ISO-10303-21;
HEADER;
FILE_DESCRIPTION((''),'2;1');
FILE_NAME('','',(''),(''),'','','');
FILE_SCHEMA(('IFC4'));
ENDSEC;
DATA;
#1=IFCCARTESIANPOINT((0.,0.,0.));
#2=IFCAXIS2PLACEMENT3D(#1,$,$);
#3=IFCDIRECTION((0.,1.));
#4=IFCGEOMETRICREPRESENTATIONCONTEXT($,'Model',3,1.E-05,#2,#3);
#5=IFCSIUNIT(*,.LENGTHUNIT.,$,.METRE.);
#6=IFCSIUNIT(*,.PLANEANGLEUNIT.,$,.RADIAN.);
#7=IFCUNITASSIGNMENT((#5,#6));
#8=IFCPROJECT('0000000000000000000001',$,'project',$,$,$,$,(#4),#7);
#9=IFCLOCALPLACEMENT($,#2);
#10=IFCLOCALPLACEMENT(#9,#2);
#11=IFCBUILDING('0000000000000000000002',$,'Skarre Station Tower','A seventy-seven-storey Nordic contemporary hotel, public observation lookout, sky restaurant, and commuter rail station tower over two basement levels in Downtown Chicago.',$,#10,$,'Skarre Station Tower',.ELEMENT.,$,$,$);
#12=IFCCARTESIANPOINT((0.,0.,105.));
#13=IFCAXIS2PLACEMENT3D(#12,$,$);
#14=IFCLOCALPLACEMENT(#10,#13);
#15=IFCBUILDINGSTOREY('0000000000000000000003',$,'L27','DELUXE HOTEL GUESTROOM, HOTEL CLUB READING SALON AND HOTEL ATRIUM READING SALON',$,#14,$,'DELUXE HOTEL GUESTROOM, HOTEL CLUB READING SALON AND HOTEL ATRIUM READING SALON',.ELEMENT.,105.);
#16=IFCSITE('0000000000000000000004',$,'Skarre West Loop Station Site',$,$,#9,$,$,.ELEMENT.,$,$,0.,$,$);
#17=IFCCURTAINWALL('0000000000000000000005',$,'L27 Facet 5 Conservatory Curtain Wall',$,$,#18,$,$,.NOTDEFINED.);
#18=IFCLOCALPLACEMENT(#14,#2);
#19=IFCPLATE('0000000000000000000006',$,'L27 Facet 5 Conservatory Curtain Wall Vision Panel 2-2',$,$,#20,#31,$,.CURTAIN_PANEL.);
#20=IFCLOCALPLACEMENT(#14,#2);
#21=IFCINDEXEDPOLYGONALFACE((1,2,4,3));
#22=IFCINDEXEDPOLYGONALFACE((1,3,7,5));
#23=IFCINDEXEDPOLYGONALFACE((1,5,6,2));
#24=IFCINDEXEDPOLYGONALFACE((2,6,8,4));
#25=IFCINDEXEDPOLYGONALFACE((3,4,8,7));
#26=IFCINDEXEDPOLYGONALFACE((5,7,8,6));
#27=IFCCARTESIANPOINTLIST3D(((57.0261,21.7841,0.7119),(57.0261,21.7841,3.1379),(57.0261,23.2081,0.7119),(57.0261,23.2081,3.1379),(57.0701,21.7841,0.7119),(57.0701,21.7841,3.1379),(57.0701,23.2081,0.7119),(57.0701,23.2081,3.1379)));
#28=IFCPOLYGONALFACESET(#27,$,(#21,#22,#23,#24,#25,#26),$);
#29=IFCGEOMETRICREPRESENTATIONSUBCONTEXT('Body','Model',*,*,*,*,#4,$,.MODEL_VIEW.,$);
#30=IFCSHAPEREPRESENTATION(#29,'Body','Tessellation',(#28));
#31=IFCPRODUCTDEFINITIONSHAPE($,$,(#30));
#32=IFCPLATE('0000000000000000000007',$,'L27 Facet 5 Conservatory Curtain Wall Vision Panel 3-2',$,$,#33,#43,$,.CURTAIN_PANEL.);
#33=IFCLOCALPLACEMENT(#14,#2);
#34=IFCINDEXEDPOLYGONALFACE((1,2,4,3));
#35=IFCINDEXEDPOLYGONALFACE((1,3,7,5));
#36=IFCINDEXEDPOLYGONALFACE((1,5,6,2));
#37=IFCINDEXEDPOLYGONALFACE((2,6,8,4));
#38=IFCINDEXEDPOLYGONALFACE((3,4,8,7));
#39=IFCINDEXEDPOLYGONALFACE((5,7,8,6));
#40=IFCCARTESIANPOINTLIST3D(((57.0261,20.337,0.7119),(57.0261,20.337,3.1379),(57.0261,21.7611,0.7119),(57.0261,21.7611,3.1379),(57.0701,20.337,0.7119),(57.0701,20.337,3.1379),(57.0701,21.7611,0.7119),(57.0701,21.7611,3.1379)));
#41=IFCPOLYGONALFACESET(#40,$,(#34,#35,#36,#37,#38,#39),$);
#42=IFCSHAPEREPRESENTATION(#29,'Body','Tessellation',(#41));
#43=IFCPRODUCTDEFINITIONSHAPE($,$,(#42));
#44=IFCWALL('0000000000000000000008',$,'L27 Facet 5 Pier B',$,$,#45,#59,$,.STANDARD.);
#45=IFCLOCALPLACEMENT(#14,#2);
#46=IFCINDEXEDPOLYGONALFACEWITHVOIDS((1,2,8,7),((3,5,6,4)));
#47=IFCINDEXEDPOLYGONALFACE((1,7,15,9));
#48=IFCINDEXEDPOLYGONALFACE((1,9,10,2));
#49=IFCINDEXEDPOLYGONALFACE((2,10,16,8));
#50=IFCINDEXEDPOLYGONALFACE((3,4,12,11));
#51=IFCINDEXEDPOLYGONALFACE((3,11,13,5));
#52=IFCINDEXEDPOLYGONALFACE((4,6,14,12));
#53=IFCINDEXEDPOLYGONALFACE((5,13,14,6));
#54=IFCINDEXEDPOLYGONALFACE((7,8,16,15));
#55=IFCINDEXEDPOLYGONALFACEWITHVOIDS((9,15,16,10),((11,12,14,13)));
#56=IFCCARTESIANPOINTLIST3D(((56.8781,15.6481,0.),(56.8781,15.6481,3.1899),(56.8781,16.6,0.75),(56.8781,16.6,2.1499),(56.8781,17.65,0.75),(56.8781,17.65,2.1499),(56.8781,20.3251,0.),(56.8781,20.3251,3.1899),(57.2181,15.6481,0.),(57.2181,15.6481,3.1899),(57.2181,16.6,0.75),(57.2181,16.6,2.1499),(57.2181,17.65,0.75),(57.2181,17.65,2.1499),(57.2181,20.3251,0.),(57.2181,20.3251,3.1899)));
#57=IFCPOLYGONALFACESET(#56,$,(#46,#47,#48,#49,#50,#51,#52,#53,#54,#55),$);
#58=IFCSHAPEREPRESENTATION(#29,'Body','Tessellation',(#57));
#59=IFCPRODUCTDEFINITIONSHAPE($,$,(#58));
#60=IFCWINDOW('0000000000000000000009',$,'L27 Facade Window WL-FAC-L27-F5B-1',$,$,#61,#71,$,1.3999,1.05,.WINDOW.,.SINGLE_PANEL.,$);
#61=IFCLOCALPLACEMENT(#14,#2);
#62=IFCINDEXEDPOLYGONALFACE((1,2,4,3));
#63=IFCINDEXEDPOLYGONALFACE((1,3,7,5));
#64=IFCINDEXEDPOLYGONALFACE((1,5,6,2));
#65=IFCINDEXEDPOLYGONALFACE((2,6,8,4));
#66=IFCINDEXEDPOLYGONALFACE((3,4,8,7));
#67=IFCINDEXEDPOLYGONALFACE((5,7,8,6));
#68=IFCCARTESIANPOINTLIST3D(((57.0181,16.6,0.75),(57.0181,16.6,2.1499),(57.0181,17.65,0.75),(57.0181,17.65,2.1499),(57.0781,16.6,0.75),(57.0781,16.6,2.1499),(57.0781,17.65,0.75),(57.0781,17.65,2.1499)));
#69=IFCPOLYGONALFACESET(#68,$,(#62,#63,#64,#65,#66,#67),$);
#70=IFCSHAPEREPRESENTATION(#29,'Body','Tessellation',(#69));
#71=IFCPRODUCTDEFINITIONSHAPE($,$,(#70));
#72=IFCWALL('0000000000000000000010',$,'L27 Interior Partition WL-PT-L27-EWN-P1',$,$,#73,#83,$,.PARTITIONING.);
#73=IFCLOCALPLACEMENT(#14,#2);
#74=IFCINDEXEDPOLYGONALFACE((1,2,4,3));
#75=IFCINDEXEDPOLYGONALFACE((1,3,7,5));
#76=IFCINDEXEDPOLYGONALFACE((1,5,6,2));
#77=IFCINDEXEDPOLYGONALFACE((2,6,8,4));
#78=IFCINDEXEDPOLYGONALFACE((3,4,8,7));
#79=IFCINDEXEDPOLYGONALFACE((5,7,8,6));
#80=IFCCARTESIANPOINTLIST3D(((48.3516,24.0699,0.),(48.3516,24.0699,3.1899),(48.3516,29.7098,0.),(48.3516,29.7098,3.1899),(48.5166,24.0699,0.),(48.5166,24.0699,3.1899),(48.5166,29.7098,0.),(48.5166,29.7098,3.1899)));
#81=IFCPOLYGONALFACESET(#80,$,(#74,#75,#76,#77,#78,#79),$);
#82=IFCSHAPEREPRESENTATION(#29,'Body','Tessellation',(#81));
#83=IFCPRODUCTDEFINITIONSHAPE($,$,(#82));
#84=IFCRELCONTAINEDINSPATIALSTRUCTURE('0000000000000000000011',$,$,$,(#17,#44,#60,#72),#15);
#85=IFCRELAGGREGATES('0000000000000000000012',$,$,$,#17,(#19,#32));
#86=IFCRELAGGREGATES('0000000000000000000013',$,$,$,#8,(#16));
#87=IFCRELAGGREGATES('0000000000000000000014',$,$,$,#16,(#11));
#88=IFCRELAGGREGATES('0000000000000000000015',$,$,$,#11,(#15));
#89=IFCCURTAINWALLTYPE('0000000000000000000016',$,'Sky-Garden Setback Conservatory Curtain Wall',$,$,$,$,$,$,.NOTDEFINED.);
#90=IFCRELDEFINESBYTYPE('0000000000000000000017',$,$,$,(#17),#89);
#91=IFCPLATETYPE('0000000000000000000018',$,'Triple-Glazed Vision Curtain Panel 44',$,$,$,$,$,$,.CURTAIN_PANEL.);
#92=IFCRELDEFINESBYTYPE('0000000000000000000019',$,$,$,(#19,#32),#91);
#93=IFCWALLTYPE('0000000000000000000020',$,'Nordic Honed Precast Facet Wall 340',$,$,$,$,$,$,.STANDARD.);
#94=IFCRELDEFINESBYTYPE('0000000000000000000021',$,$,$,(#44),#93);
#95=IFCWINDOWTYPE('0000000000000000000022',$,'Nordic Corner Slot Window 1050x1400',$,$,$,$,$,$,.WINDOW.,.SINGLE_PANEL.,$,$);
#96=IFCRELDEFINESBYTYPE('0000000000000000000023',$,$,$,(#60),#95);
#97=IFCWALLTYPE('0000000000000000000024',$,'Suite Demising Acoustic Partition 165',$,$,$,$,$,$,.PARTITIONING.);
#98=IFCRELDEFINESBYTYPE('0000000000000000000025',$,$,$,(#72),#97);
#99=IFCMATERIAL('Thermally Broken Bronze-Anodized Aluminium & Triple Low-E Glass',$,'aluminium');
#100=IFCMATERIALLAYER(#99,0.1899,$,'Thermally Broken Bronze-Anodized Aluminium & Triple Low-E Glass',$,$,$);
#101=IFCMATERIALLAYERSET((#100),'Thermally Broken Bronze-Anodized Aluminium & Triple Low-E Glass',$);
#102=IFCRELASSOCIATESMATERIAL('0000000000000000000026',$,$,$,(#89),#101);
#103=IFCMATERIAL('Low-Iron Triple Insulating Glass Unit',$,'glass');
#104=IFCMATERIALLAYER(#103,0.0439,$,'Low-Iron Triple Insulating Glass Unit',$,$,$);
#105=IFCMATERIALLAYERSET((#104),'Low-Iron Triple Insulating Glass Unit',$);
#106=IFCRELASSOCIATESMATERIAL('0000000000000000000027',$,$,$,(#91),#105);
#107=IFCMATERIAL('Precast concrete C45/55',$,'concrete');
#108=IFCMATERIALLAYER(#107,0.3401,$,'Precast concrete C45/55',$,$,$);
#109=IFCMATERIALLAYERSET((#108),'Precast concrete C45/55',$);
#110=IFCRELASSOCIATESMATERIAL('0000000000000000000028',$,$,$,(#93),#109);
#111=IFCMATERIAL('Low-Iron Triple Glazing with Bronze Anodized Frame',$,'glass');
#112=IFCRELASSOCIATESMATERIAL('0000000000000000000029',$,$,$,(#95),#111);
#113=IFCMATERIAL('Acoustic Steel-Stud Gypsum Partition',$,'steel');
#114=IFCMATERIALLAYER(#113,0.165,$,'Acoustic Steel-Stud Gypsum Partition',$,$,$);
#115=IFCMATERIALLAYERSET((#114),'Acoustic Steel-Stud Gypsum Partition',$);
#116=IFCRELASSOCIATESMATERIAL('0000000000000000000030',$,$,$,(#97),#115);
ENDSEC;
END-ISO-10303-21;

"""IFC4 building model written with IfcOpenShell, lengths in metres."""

from ifc_helpers import new_model, si_unit, direction, frame, frame_2d, origin, origin_2d, place, context, subcontext, project, spatial, rectangle, extrude, material, layer, layer_set, type_object, element, fill, aggregate, save


model = new_model("IFC4")

# Units and contexts
model_context = context("Model", 3, precision=1e-05, world=origin(), true_north=direction((0.0, 1.0)))
body_context = subcontext(model_context, "Body", "Model", "MODEL_VIEW")
ifc_project = project(units=[si_unit("LENGTHUNIT", "METRE"), si_unit("PLANEANGLEUNIT", "RADIAN")], contexts=[model_context])

# Site, building, storey
site_placement = place(None, origin())
site = spatial("IfcSite", under=ifc_project, at=site_placement, Name="Skarre West Loop Station Site", CompositionType="ELEMENT", RefElevation=0.0)
building_placement = place(site_placement, origin())
building = spatial("IfcBuilding", under=site, at=building_placement, Name="Skarre Station Tower", Description="A seventy-seven-storey Nordic contemporary hotel, public observation lookout, sky restaurant, and commuter rail station tower over two basement levels in Downtown Chicago.", LongName="Skarre Station Tower", CompositionType="ELEMENT")
storey_placement = place(building_placement, frame((0.0, 0.0, 105.0)))
storey = spatial("IfcBuildingStorey", under=building, at=storey_placement, Name="L27", Description="DELUXE HOTEL GUESTROOM, HOTEL CLUB READING SALON AND HOTEL ATRIUM READING SALON", LongName="DELUXE HOTEL GUESTROOM, HOTEL CLUB READING SALON AND HOTEL ATRIUM READING SALON", CompositionType="ELEMENT", Elevation=105.0)

# Curtain wall
ifc_material_1 = material(Name="Thermally Broken Bronze-Anodized Aluminium & Triple Low-E Glass", Category="aluminium")
ifc_layer_1 = layer(ifc_material_1, 0.1899, Name="Thermally Broken Bronze-Anodized Aluminium & Triple Low-E Glass")
ifc_layer_set_1 = layer_set([ifc_layer_1], Name="Thermally Broken Bronze-Anodized Aluminium & Triple Low-E Glass")
curtain_wall_type = type_object("IfcCurtainWallType", Name="Sky-Garden Setback Conservatory Curtain Wall", PredefinedType="NOTDEFINED", material=ifc_layer_set_1)
curtain_wall_placement = place(storey_placement, origin())
curtain_wall = element("IfcCurtainWall", 1, at=curtain_wall_placement, inside=storey, type_object=curtain_wall_type, Name="L27 Facet 5 Conservatory Curtain Wall", PredefinedType="NOTDEFINED")

# Plates
ifc_material_2 = material(Name="Low-Iron Triple Insulating Glass Unit", Category="glass")
ifc_layer_2 = layer(ifc_material_2, 0.0439, Name="Low-Iron Triple Insulating Glass Unit")
ifc_layer_set_2 = layer_set([ifc_layer_2], Name="Low-Iron Triple Insulating Glass Unit")
plate_type_1 = type_object("IfcPlateType", Name="Triple-Glazed Vision Curtain Panel 44", PredefinedType="CURTAIN_PANEL", material=ifc_layer_set_2)
plate_1_placement = place(storey_placement, frame((57.0481, 22.4961, 0.7119), z_axis=(0.0, 0.0, 1.0), x_axis=(0.0, -1.0, 0.0)))
plate_1 = element("IfcPlate", 2, at=plate_1_placement, type_object=plate_type_1, Name="L27 Facet 5 Conservatory Curtain Wall Vision Panel 2-2", PredefinedType="CURTAIN_PANEL", context=body_context, shape_type="SweptSolid", body=[
    extrude(rectangle(XDim=1.4241, YDim=0.0439, at=origin_2d()), origin(), (0.0, 0.0, 1.0), 2.426),
])
plate_2_placement = place(storey_placement, frame((57.0481, 21.0491, 0.7119), z_axis=(0.0, 0.0, 1.0), x_axis=(0.0, -1.0, 0.0)))
plate_2 = element("IfcPlate", 3, at=plate_2_placement, type_object=plate_type_1, Name="L27 Facet 5 Conservatory Curtain Wall Vision Panel 3-2", PredefinedType="CURTAIN_PANEL", context=body_context, shape_type="SweptSolid", body=[
    extrude(rectangle(XDim=1.4241, YDim=0.0439, at=origin_2d()), origin(), (0.0, 0.0, 1.0), 2.426),
])
aggregate(curtain_wall, [plate_1, plate_2])

# Wall, opening, window
ifc_material_3 = material(Name="Precast concrete C45/55", Category="concrete")
ifc_layer_3 = layer(ifc_material_3, 0.3401, Name="Precast concrete C45/55")
ifc_layer_set_3 = layer_set([ifc_layer_3], Name="Precast concrete C45/55")
wall_type_1 = type_object("IfcWallType", Name="Nordic Honed Precast Facet Wall 340", PredefinedType="STANDARD", material=ifc_layer_set_3)
wall_1_placement = place(storey_placement, frame((57.0481, 20.325, 0.0), z_axis=(0.0, 0.0, 1.0), x_axis=(0.0, -1.0, 0.0)))
wall_1 = element("IfcWall", 4, at=wall_1_placement, inside=storey, type_object=wall_type_1, Name="L27 Facet 5 Pier B", PredefinedType="STANDARD", context=body_context, shape_type="SweptSolid", body=[
    extrude(rectangle(XDim=4.677, YDim=0.3401, at=frame_2d((2.3384, 0.0))), origin(), (0.0, 0.0, 1.0), 3.1899),
])
opening_placement = place(wall_1_placement, frame((2.675, 0.0, 0.75)))
opening = element("IfcOpeningElement", 5, at=opening_placement, cuts=wall_1, PredefinedType="OPENING", context=body_context, shape_type="SweptSolid", body=[
    extrude(rectangle(XDim=1.05, YDim=1.3999, at=frame_2d((0.5249, 0.7))), frame((0.0, 0.1799, 0.0), z_axis=(0.0, -1.0, 0.0), x_axis=(1.0, 0.0, 0.0)), (0.0, 0.0, 1.0), 0.3601),
])
ifc_material_4 = material(Name="Low-Iron Triple Glazing with Bronze Anodized Frame", Category="glass")
window_type = type_object("IfcWindowType", Name="Nordic Corner Slot Window 1050x1400", PartitioningType="SINGLE_PANEL", PredefinedType="WINDOW", material=ifc_material_4)
window_placement = place(opening_placement, origin())
window = element("IfcWindow", 6, at=window_placement, inside=storey, type_object=window_type, Name="L27 Facade Window WL-FAC-L27-F5B-1", OverallHeight=1.3999, OverallWidth=1.05, PartitioningType="SINGLE_PANEL", PredefinedType="WINDOW", context=body_context, shape_type="SweptSolid", body=[
    extrude(rectangle(XDim=1.05, YDim=1.3999, at=frame_2d((0.5249, 0.7))), frame((0.0, 0.03, 0.0), z_axis=(0.0, -1.0, 0.0), x_axis=(1.0, 0.0, 0.0)), (0.0, 0.0, 1.0), 0.0601),
])
fill(opening, window)

# Wall
ifc_material_5 = material(Name="Acoustic Steel-Stud Gypsum Partition", Category="steel")
ifc_layer_4 = layer(ifc_material_5, 0.165, Name="Acoustic Steel-Stud Gypsum Partition")
ifc_layer_set_4 = layer_set([ifc_layer_4], Name="Acoustic Steel-Stud Gypsum Partition")
wall_type_2 = type_object("IfcWallType", Name="Suite Demising Acoustic Partition 165", PredefinedType="PARTITIONING", material=ifc_layer_set_4)
wall_2_placement = place(storey_placement, frame((48.4341, 24.0701, 0.0), z_axis=(0.0, 0.0, 1.0), x_axis=(0.0, 1.0, 0.0)))
element("IfcWall", 7, at=wall_2_placement, inside=storey, type_object=wall_type_2, Name="L27 Interior Partition WL-PT-L27-EWN-P1", PredefinedType="PARTITIONING", context=body_context, shape_type="SweptSolid", body=[
    extrude(rectangle(XDim=5.6399, YDim=0.165, at=frame_2d((2.8198, 0.0))), origin(), (0.0, 0.0, 1.0), 3.1899),
])

save(model, "model.ifc")
